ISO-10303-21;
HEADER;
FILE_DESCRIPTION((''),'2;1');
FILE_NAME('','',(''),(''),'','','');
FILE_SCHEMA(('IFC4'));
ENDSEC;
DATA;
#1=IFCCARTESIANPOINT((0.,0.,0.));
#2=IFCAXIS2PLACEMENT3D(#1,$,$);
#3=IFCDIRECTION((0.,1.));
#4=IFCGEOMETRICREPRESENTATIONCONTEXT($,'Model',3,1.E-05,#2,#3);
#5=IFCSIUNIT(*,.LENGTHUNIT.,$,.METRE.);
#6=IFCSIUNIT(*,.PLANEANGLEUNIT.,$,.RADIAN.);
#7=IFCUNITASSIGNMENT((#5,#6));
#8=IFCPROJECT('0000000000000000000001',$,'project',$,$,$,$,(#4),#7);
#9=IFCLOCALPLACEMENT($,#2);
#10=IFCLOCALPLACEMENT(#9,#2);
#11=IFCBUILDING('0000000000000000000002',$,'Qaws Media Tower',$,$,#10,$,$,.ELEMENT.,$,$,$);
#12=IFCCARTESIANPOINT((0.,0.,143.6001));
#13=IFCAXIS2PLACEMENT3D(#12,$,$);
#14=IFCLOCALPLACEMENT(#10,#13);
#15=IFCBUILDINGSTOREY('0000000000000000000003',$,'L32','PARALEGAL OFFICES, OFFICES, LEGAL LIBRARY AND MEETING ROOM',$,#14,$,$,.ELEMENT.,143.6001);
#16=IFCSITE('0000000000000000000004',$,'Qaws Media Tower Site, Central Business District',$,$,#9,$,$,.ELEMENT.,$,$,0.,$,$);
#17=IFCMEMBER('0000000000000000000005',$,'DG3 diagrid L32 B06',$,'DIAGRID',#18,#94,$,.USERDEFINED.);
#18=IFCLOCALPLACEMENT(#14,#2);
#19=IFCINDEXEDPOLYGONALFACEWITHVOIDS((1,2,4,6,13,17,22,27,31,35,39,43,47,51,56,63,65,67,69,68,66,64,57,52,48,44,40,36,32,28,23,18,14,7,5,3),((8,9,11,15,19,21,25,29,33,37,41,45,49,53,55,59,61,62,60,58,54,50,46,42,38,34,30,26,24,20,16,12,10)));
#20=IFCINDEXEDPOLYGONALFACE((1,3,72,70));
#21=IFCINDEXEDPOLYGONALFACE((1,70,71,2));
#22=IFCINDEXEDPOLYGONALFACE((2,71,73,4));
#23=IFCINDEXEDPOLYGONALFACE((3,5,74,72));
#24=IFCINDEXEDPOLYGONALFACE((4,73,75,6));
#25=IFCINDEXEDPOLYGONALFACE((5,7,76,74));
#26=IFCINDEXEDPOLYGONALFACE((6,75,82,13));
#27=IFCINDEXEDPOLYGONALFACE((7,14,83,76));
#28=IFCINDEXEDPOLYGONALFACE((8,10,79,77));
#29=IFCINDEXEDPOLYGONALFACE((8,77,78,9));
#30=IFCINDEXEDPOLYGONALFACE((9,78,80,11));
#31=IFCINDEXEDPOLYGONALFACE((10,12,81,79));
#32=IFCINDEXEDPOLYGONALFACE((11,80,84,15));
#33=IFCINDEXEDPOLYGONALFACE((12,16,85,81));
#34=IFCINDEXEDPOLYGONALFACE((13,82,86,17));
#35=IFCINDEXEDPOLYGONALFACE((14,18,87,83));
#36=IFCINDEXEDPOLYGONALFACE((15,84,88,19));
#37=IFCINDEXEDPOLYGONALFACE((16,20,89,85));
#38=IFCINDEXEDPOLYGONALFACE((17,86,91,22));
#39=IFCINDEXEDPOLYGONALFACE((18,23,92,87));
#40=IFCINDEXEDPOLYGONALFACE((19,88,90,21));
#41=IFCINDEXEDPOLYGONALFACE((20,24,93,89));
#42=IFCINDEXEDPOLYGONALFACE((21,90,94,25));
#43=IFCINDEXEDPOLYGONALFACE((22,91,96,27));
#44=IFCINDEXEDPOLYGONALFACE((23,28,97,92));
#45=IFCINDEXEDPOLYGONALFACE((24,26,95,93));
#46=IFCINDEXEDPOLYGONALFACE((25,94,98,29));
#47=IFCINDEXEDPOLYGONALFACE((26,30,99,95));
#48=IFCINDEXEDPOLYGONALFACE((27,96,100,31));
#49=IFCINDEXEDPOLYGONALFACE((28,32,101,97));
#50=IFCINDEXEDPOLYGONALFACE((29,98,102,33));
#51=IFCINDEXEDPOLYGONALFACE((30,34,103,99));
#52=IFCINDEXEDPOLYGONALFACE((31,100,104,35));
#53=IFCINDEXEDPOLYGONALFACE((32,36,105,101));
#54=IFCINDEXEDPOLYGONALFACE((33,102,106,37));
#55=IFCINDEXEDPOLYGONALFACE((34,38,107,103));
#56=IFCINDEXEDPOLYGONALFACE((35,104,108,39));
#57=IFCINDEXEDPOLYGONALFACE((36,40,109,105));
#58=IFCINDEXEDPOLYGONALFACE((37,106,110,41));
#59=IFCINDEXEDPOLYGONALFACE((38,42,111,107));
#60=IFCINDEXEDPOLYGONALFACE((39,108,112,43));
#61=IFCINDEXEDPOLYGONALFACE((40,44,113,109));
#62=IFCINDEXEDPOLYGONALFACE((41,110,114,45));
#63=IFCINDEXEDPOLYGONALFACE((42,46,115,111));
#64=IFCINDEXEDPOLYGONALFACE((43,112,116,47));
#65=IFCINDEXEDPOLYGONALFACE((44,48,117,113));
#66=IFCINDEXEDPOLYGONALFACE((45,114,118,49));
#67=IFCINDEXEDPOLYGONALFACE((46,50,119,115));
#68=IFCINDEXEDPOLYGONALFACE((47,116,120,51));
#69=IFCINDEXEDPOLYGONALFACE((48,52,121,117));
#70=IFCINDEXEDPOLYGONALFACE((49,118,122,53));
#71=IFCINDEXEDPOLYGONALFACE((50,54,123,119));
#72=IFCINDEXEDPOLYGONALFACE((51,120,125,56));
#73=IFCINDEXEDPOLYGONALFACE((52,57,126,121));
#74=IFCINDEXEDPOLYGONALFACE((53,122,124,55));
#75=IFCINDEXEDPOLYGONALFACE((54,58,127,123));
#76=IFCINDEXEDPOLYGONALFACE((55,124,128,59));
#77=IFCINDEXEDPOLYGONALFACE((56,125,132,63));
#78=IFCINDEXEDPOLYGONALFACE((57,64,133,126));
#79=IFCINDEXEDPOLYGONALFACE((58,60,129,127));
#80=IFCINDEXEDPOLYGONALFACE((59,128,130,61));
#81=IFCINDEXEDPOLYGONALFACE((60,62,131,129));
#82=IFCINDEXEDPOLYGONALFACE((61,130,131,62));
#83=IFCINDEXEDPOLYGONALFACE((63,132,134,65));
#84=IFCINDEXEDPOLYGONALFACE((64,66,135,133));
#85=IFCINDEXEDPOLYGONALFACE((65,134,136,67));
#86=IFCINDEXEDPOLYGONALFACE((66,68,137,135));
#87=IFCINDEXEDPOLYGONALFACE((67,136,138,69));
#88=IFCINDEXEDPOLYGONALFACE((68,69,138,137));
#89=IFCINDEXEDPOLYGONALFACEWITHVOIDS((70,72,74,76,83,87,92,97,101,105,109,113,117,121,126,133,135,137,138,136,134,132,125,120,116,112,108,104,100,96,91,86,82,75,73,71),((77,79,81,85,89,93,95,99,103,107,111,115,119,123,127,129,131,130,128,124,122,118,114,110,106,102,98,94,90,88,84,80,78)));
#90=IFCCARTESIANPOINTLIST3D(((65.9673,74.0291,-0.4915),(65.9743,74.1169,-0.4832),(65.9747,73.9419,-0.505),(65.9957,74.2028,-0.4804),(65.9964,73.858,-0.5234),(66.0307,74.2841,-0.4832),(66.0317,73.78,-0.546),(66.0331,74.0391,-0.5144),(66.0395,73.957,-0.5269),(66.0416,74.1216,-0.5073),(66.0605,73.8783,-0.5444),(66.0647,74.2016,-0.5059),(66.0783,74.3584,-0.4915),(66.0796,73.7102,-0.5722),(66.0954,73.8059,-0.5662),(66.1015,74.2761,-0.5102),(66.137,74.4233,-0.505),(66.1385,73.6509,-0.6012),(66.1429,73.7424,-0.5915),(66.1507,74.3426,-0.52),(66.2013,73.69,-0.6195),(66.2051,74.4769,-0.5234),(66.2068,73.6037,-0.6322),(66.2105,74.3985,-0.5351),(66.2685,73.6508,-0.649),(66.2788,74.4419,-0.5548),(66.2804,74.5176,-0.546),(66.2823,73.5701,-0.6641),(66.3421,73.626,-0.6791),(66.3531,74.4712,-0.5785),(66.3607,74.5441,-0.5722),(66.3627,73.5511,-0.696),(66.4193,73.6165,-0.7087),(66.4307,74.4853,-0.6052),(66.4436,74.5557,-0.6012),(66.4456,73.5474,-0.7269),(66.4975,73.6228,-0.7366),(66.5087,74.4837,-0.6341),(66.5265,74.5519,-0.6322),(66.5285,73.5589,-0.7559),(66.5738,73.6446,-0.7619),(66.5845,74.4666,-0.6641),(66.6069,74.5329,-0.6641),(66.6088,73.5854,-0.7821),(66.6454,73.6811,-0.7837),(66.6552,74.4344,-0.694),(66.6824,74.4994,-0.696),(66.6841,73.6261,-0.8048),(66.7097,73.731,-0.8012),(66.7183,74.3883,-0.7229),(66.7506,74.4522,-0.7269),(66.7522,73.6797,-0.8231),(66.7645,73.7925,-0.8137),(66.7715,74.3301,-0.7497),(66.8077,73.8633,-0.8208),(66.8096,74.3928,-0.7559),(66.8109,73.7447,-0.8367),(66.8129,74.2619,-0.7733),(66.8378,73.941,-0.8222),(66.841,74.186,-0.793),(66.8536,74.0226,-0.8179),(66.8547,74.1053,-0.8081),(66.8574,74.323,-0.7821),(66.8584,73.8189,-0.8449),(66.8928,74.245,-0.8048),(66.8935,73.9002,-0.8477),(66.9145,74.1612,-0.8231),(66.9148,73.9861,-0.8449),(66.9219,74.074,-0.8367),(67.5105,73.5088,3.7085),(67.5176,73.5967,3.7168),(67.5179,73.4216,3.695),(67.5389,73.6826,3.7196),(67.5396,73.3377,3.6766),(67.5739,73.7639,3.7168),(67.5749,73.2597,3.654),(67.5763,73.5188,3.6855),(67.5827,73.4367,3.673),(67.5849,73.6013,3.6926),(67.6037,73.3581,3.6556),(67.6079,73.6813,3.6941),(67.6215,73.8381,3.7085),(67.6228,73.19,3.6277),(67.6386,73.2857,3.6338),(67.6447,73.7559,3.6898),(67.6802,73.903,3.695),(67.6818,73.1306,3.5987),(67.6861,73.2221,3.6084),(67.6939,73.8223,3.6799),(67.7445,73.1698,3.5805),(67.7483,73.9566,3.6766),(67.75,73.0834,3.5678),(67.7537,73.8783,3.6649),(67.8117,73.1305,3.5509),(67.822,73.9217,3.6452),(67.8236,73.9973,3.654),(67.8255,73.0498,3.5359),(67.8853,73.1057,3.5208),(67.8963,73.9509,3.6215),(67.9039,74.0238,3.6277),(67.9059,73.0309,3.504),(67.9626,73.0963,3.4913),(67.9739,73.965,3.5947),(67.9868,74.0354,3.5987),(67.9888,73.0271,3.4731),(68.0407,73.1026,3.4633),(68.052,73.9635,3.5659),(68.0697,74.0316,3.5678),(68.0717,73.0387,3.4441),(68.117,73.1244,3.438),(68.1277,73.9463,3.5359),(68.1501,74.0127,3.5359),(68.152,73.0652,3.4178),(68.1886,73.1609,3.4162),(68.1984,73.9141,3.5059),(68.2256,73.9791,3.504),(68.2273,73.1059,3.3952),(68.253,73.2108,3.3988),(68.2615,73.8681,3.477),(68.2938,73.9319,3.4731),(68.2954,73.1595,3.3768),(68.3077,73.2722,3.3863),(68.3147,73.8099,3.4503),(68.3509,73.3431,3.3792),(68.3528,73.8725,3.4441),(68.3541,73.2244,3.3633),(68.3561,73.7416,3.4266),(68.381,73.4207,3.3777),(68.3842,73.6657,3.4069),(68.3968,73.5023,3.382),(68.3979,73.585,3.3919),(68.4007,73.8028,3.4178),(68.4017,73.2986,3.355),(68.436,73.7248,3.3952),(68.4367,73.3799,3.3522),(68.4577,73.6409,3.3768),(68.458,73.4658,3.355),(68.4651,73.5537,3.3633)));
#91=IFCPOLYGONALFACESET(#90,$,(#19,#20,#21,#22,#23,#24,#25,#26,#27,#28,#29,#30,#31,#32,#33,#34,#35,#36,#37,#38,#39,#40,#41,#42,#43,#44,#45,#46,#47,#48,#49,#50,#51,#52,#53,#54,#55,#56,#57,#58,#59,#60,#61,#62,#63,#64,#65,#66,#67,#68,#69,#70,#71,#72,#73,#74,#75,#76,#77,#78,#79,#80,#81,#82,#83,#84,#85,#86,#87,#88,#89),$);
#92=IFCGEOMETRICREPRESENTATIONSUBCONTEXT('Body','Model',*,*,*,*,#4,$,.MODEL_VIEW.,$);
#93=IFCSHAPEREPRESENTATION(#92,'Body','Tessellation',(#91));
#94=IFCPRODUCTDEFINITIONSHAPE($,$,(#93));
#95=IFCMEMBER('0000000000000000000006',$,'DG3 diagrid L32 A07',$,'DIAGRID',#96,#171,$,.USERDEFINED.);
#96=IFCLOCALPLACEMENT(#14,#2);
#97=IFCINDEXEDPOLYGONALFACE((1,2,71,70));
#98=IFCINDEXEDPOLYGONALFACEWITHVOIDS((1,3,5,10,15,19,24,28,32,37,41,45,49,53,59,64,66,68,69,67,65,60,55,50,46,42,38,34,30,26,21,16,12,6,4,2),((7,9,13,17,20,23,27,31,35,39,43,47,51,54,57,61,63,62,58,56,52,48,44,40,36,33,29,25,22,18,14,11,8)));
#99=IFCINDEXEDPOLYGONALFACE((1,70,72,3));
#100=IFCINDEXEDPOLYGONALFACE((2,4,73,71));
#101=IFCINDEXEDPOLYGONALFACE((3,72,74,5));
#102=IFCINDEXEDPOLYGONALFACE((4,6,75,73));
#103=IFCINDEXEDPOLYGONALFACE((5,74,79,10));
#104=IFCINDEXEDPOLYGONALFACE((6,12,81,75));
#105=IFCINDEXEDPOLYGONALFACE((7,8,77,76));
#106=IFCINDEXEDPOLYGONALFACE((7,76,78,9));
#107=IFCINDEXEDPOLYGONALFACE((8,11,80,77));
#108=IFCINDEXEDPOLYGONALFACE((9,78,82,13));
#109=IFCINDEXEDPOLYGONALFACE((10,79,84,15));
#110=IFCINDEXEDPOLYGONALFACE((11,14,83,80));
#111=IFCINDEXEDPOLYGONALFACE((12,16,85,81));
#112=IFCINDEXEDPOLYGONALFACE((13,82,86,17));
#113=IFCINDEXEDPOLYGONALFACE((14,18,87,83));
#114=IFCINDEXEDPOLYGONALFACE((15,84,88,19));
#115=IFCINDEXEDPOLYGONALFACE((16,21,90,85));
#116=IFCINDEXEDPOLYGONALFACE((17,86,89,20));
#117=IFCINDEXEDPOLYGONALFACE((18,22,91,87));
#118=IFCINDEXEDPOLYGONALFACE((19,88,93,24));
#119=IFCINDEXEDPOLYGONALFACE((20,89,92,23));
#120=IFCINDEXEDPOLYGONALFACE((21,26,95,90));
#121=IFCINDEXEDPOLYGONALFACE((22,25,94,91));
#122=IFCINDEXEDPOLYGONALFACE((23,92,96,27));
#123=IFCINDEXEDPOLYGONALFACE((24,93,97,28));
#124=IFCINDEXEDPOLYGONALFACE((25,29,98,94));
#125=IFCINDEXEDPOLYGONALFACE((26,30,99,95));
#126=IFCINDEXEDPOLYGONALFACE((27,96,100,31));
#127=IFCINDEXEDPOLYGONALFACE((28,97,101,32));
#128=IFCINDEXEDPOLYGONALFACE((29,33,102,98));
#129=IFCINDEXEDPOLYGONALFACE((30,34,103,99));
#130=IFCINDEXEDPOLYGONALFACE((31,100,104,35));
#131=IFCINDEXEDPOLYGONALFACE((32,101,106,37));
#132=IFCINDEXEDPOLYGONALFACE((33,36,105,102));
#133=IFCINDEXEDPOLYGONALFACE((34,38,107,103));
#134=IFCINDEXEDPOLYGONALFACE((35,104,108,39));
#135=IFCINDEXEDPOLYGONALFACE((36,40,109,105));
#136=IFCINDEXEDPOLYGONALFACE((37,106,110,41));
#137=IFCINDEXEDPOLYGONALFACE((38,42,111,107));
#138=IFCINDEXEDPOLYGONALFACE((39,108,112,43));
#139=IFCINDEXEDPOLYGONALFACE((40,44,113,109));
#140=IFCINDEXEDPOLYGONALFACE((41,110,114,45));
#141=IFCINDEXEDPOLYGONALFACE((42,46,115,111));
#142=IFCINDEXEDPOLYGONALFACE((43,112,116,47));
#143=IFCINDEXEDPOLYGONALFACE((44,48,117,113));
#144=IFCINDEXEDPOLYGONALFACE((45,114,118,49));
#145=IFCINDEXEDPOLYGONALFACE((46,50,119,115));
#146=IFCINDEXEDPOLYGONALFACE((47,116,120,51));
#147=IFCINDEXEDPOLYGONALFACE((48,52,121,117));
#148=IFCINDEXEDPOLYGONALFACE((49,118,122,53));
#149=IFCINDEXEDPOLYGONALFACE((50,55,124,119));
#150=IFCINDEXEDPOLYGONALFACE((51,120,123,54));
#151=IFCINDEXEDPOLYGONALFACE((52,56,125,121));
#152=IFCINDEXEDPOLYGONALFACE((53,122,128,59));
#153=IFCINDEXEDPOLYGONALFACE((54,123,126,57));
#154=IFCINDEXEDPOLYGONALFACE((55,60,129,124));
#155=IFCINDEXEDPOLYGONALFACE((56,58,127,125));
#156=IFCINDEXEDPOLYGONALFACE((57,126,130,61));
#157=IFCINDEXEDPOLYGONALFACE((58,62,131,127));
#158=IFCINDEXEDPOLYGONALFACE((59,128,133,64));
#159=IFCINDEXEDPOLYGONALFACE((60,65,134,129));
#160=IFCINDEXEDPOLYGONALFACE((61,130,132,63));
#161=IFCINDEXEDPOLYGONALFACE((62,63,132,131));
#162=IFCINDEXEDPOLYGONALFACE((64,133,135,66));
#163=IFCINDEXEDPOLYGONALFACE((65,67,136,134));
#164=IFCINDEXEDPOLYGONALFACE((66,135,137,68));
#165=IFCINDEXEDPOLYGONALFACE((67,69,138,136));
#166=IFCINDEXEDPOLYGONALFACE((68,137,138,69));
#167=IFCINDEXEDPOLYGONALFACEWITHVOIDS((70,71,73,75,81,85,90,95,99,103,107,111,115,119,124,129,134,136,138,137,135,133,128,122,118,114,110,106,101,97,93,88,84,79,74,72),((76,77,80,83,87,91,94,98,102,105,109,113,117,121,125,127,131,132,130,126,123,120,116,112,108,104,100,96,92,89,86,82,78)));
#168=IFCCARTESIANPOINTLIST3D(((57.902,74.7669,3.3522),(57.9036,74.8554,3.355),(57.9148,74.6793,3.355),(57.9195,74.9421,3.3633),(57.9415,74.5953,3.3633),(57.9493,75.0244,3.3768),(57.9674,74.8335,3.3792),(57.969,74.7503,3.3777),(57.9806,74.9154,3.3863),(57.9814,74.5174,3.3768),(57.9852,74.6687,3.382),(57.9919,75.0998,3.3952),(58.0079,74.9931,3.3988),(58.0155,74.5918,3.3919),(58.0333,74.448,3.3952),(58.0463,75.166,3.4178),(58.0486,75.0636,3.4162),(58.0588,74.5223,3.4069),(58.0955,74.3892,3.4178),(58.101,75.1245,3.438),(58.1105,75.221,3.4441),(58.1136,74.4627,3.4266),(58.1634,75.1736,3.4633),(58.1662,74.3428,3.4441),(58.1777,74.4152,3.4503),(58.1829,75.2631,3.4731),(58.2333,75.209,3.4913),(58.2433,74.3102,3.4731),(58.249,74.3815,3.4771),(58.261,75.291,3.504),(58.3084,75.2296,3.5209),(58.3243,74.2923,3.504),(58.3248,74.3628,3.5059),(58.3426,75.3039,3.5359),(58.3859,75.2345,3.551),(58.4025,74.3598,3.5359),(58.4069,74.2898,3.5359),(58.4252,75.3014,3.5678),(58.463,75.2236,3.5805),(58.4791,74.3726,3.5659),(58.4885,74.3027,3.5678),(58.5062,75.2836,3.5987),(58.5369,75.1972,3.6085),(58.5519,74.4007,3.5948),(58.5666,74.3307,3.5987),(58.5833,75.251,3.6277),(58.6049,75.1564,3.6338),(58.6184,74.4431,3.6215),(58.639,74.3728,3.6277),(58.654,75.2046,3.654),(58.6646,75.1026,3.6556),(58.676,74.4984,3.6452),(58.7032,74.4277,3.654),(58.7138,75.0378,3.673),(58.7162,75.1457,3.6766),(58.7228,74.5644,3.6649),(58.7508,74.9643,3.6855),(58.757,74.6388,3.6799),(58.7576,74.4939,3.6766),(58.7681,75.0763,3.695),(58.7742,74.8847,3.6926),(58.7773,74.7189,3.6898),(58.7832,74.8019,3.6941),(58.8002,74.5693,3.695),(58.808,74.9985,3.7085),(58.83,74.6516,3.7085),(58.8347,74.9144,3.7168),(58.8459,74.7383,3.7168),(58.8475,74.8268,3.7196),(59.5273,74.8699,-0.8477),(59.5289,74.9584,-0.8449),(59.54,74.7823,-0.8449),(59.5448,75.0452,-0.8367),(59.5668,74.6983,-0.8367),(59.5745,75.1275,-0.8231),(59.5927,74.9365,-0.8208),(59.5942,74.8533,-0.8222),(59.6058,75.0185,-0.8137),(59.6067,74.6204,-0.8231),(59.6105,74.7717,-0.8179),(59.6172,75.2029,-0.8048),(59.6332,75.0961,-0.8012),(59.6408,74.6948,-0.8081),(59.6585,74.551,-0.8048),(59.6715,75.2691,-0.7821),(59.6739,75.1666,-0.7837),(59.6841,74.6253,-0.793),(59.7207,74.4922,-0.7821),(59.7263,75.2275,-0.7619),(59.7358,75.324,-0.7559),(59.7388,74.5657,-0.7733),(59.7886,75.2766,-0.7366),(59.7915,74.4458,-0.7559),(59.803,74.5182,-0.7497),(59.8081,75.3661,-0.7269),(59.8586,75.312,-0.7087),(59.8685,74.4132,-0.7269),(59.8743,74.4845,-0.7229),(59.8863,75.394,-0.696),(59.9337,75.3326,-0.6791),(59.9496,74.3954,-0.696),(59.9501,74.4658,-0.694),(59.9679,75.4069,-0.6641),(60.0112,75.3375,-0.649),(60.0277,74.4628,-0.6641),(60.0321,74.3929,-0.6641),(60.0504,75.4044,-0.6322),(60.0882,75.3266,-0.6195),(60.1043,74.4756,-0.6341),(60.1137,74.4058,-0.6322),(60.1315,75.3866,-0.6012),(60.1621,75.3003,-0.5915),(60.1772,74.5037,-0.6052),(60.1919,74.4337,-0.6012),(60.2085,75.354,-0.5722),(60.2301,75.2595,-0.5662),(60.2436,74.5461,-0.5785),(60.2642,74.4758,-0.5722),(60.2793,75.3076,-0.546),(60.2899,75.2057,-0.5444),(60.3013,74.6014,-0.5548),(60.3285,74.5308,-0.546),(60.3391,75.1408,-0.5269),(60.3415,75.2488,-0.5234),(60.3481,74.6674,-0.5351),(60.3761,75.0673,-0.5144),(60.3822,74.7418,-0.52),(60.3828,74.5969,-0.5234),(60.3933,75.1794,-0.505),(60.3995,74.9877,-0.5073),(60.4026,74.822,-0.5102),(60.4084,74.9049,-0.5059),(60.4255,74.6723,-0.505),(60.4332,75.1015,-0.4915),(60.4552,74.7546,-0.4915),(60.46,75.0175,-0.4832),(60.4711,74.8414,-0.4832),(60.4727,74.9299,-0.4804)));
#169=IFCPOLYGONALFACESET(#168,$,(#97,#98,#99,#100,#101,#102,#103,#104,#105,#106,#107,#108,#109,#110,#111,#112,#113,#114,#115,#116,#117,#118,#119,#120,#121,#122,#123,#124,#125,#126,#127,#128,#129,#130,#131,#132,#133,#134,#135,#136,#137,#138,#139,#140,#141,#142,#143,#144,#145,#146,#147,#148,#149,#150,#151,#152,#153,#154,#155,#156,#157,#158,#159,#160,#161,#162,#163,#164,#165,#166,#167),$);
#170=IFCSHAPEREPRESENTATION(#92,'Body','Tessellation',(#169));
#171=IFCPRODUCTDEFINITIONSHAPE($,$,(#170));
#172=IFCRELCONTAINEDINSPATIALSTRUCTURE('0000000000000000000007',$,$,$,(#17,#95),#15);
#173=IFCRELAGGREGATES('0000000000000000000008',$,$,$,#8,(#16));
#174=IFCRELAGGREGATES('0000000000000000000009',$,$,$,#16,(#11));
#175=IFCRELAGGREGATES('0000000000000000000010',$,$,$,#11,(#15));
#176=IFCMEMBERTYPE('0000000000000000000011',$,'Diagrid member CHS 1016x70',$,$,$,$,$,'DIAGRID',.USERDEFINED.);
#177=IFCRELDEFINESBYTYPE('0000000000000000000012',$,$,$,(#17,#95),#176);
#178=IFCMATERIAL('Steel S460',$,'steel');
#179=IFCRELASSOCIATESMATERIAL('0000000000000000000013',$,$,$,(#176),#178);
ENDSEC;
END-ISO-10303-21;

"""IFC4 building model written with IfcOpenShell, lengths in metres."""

from ifc_helpers import new_model, si_unit, direction, frame, origin, origin_2d, place, context, subcontext, project, spatial, hollow_circle, extrude, material, material_profile, profile_set, type_object, element, save


model = new_model("IFC4")

# Units and contexts
model_context = context("Model", 3, precision=1e-05, world=origin(), true_north=direction((0.0, 1.0)))
body_context = subcontext(model_context, "Body", "Model", "MODEL_VIEW")
ifc_project = project(units=[si_unit("LENGTHUNIT", "METRE"), si_unit("PLANEANGLEUNIT", "RADIAN")], contexts=[model_context])

# Site, building, storey
site_placement = place(None, origin())
site = spatial("IfcSite", under=ifc_project, at=site_placement, Name="Qaws Media Tower Site, Central Business District", CompositionType="ELEMENT", RefElevation=0.0)
building_placement = place(site_placement, origin())
building = spatial("IfcBuilding", under=site, at=building_placement, Name="Qaws Media Tower", CompositionType="ELEMENT")
storey_placement = place(building_placement, frame((0.0, 0.0, 143.6001)))
storey = spatial("IfcBuildingStorey", under=building, at=storey_placement, Name="L32", Description="PARALEGAL OFFICES, OFFICES, LEGAL LIBRARY AND MEETING ROOM", CompositionType="ELEMENT", Elevation=143.6001)

# Members
ifc_material_1 = material(Name="Steel S460", Category="steel")
ifc_material_profile_1 = material_profile(ifc_material_1, hollow_circle(Radius=0.5081, WallThickness=0.0701, at=origin_2d()), Name="CHS 1016x70")
ifc_profile_set_1 = profile_set([ifc_material_profile_1], Name="Steel S460")
member_type_1 = type_object("IfcMemberType", Name="Diagrid member CHS 1016x70", ElementType="DIAGRID", PredefinedType="USERDEFINED", material=ifc_profile_set_1)
for number, where, z_axis, x_axis, name in (
    (1, (66.4446, 74.0515, -0.6641), (0.342583, -0.115495, 0.932361), (0.319464, 0.947598, 0.0), "DG3 diagrid L32 B06"),
    (2, (60.0, 74.8999, -0.6641), (-0.360795, -0.022871, 0.932365), (0.063265, -0.997997, 0.0), "DG3 diagrid L32 A07"),
):
    element("IfcMember", number, at=place(storey_placement, frame(where, z_axis=z_axis, x_axis=x_axis)), inside=storey, type_object=member_type_1, Name=name, ObjectType="DIAGRID", PredefinedType="USERDEFINED", context=body_context, shape_type="SweptSolid", body=[
        extrude(hollow_circle(Radius=0.5081, WallThickness=0.0701, at=origin_2d()), origin(), (0.0, 0.0, 1.0), 4.5046),
    ])

save(model, "model.ifc")
